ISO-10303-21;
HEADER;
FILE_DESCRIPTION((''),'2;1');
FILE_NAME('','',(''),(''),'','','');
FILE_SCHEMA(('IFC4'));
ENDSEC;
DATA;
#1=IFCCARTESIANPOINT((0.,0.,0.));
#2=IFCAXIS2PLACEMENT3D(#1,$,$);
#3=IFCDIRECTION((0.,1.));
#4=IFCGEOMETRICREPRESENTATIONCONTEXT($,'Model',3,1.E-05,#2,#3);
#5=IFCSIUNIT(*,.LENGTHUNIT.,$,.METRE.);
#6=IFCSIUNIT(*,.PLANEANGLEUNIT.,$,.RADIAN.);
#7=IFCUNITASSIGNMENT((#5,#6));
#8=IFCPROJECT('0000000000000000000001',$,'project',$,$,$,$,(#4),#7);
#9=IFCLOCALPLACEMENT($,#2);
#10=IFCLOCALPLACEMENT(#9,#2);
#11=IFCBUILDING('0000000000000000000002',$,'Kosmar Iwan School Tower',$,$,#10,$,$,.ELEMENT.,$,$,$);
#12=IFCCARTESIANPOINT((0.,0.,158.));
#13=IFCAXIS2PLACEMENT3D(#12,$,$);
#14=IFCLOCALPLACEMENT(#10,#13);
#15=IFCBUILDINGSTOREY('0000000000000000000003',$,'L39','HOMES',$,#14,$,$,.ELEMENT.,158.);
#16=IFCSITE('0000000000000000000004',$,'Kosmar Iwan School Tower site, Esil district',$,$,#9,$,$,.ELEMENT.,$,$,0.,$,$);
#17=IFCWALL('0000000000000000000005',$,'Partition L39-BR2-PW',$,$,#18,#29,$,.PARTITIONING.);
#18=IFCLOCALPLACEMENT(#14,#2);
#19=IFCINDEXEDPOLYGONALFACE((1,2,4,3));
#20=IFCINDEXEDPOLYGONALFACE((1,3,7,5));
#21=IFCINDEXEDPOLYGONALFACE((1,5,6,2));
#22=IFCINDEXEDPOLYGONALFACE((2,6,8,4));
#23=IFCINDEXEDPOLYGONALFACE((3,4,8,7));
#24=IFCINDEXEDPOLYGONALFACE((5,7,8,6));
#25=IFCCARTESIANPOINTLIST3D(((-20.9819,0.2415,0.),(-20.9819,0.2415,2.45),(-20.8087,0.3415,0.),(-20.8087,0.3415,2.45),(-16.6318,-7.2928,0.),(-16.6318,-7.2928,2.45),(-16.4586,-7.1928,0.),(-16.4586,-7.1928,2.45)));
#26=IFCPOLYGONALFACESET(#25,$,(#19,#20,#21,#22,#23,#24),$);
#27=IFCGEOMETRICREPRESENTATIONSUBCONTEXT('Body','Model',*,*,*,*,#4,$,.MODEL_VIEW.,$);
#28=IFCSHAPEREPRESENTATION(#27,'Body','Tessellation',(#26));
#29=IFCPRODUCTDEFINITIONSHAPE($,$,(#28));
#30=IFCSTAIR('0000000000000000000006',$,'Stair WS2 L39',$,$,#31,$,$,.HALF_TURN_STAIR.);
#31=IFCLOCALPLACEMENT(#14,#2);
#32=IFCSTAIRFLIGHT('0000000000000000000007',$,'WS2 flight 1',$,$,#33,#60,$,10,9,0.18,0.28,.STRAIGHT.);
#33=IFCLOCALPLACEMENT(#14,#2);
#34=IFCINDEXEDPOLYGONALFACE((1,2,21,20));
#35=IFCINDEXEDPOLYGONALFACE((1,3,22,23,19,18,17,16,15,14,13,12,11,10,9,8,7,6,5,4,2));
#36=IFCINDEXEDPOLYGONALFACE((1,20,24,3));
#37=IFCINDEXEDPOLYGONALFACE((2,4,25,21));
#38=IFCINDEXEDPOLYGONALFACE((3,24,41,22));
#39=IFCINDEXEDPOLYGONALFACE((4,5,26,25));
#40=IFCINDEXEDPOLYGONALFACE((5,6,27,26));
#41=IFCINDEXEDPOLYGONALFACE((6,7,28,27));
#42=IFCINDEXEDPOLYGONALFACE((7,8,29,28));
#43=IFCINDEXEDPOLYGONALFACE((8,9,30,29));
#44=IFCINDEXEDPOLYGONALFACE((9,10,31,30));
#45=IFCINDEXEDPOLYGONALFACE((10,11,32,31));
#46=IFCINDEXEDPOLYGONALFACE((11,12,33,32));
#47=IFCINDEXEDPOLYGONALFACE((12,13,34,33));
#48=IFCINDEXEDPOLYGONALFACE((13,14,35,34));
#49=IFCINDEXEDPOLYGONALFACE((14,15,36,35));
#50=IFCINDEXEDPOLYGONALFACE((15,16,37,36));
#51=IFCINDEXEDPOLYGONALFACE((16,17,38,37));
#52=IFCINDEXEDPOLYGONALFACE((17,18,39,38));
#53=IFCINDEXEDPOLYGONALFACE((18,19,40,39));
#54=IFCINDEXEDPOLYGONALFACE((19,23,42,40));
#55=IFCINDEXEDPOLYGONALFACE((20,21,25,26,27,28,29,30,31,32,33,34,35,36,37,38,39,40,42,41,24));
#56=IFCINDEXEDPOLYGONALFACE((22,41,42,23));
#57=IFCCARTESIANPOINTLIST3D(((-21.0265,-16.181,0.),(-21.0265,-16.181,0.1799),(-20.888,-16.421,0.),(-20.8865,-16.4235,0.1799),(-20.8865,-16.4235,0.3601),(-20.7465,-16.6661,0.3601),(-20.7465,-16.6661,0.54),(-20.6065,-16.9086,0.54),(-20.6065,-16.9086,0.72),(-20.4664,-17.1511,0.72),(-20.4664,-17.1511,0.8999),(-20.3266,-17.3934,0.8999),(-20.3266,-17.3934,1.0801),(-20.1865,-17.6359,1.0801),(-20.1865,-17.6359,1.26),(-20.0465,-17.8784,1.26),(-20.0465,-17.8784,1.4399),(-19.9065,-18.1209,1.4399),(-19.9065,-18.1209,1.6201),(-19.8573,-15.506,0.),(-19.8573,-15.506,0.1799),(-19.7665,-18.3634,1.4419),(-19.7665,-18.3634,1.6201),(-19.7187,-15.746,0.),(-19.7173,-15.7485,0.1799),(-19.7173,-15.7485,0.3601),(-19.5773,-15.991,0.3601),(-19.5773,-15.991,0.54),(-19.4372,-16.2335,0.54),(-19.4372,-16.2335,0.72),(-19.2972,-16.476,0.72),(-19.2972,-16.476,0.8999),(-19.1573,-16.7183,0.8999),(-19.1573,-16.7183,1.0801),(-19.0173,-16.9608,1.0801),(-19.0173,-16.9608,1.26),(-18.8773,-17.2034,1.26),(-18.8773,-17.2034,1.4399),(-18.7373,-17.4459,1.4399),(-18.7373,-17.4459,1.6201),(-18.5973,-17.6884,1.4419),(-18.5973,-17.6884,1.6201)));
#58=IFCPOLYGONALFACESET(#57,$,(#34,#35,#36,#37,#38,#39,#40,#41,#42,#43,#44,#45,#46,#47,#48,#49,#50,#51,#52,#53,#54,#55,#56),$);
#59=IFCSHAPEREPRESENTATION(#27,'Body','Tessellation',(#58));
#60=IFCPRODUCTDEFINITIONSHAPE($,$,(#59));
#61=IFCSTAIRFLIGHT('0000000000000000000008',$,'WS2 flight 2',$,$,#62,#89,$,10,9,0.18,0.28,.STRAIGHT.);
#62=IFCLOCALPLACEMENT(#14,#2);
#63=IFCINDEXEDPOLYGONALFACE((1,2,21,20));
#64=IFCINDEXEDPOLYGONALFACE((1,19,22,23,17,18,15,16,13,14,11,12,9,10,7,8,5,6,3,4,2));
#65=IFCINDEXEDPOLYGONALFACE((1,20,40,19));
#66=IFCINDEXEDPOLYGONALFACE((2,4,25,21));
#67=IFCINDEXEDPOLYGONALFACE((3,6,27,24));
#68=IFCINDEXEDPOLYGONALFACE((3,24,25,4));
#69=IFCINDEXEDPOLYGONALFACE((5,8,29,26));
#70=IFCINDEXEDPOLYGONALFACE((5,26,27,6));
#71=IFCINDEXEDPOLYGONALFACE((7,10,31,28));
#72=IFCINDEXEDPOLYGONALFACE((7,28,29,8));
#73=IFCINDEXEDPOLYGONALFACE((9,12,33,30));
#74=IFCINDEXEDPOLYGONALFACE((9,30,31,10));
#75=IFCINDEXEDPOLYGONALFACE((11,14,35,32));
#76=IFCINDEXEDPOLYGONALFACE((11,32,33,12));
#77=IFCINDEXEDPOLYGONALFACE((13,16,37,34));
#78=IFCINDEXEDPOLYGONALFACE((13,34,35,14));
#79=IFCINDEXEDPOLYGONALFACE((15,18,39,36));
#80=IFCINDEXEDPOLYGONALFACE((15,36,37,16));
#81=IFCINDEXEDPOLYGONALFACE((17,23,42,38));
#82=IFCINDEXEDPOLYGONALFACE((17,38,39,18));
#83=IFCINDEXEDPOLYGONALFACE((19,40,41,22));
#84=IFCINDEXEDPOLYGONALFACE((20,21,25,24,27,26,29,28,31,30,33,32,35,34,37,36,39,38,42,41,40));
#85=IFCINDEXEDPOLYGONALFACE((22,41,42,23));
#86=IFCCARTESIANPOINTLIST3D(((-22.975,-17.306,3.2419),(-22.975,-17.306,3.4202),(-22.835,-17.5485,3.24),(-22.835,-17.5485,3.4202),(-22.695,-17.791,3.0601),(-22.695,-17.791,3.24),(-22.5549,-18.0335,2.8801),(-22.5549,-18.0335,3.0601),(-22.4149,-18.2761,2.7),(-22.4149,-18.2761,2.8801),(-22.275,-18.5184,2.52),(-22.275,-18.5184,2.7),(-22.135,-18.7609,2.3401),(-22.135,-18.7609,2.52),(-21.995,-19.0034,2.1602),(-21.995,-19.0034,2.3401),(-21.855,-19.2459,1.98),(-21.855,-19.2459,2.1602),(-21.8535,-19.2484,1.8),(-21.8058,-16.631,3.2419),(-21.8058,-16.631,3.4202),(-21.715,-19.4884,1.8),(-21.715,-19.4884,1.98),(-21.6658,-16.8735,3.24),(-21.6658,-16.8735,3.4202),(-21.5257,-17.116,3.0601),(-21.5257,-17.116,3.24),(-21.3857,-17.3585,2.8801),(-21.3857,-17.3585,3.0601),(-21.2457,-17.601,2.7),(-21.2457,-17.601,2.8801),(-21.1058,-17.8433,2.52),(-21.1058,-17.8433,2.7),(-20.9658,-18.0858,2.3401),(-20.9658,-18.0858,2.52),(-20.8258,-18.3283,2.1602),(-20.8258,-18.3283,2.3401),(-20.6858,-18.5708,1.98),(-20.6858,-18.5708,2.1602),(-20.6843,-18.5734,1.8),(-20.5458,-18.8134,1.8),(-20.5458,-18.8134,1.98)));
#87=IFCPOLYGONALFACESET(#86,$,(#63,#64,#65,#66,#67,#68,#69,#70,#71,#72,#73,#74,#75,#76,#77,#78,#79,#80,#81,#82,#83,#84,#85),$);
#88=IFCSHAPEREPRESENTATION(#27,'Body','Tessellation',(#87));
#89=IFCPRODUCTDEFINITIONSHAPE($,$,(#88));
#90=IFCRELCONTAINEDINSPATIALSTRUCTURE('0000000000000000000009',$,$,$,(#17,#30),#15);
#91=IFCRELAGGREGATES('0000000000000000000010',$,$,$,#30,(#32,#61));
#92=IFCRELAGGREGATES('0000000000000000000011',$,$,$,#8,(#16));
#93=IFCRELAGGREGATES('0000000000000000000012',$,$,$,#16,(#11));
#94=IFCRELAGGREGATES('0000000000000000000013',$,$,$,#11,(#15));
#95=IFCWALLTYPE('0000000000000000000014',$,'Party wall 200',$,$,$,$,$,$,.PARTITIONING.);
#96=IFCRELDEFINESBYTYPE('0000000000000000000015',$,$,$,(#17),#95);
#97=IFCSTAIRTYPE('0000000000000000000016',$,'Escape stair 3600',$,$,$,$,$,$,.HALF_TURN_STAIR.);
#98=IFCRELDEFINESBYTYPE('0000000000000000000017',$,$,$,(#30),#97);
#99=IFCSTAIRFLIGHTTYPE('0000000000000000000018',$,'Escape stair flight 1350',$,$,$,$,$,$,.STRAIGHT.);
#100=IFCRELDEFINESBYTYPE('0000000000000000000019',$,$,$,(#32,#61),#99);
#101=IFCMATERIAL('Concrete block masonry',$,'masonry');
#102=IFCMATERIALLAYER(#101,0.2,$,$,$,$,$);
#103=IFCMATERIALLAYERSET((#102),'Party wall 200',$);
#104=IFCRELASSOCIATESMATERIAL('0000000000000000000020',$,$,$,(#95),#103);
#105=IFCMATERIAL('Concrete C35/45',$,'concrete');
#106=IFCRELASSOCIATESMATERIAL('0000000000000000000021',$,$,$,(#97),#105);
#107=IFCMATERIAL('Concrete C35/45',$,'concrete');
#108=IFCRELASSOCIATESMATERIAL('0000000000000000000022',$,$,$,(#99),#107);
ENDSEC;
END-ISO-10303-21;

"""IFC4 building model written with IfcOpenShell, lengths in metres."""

from ifc_helpers import new_model, si_unit, direction, frame, frame_2d, origin, place, context, subcontext, project, spatial, polyline, rectangle, outline, extrude, material, layer, layer_set, type_object, element, aggregate, save


model = new_model("IFC4")

# Units and contexts
model_context = context("Model", 3, precision=1e-05, world=origin(), true_north=direction((0.0, 1.0)))
body_context = subcontext(model_context, "Body", "Model", "MODEL_VIEW")
ifc_project = project(units=[si_unit("LENGTHUNIT", "METRE"), si_unit("PLANEANGLEUNIT", "RADIAN")], contexts=[model_context])

# Site, building, storey
site_placement = place(None, origin())
site = spatial("IfcSite", under=ifc_project, at=site_placement, Name="Kosmar Iwan School Tower site, Esil district", CompositionType="ELEMENT", RefElevation=0.0)
building_placement = place(site_placement, origin())
building = spatial("IfcBuilding", under=site, at=building_placement, Name="Kosmar Iwan School Tower", CompositionType="ELEMENT")
storey_placement = place(building_placement, frame((0.0, 0.0, 158.0)))
storey = spatial("IfcBuildingStorey", under=building, at=storey_placement, Name="L39", Description="HOMES", CompositionType="ELEMENT", Elevation=158.0)

# Wall
ifc_material_1 = material(Name="Concrete block masonry", Category="masonry")
ifc_layer_1 = layer(ifc_material_1, 0.2)
ifc_layer_set_1 = layer_set([ifc_layer_1], Name="Party wall 200")
wall_type_1 = type_object("IfcWallType", Name="Party wall 200", PredefinedType="PARTITIONING", material=ifc_layer_set_1)
wall_1_placement = place(storey_placement, frame((-16.5452, -7.2429, 0.0), z_axis=(0.0, 0.0, 1.0), x_axis=(-0.500008, 0.866021, 0.0)))
element("IfcWall", 1, at=wall_1_placement, inside=storey, type_object=wall_type_1, Name="Partition L39-BR2-PW", PredefinedType="PARTITIONING", context=body_context, shape_type="SweptSolid", body=[
    extrude(rectangle(XDim=8.7, YDim=0.2, at=frame_2d((4.3501, 0.0))), origin(), (0.0, 0.0, 1.0), 2.45),
])

# Stair, stair flights
ifc_material_2 = material(Name="Concrete C35/45", Category="concrete")
stair_type = type_object("IfcStairType", Name="Escape stair 3600", PredefinedType="HALF_TURN_STAIR", material=ifc_material_2)
stair_placement = place(storey_placement, origin())
stair = element("IfcStair", 2, at=stair_placement, inside=storey, type_object=stair_type, Name="Stair WS2 L39", PredefinedType="HALF_TURN_STAIR")
ifc_material_3 = material(Name="Concrete C35/45", Category="concrete")
stair_flight_type = type_object("IfcStairFlightType", Name="Escape stair flight 1350", PredefinedType="STRAIGHT", material=ifc_material_3)
stair_flight_1_placement = place(storey_placement, frame((-20.4419, -15.8435, 0.0), z_axis=(0.0, 0.0, 1.0), x_axis=(0.5, -0.866025, 0.0)))
stair_flight_1 = element("IfcStairFlight", 3, at=stair_flight_1_placement, type_object=stair_flight_type, Name="WS2 flight 1", NumberOfRisers=10, NumberOfTreads=9, PredefinedType="STRAIGHT", RiserHeight=0.18, TreadLength=0.28, context=body_context, shape_type="SweptSolid", body=[
    extrude(outline(polyline([(0.0, 0.0), (0.0, 0.1799), (0.28, 0.1799), (0.28, 0.3601), (0.5601, 0.3601), (0.5601, 0.54), (0.8401, 0.54), (0.8401, 0.72), (1.1201, 0.72), (1.1201, 0.8999), (1.3999, 0.8999), (1.3999, 1.0801), (1.6799, 1.0801), (1.6799, 1.26), (1.96, 1.26), (1.96, 1.4399), (2.24, 1.4399), (2.24, 1.6201), (2.52, 1.6201), (2.52, 1.8), (2.52, 1.4419), (0.2771, 0.0), (0.0, 0.0)])), frame((0.0, 0.675, 0.0), z_axis=(0.0, -1.0, 0.0), x_axis=(1.0, 0.0, 0.0)), (0.0, 0.0, 1.0), 1.3501),
])
stair_flight_2_placement = place(storey_placement, frame((-21.1304, -19.1509, 1.8), z_axis=(0.0, 0.0, 1.0), x_axis=(-0.5, 0.866025, 0.0)))
stair_flight_2 = element("IfcStairFlight", 4, at=stair_flight_2_placement, type_object=stair_flight_type, Name="WS2 flight 2", NumberOfRisers=10, NumberOfTreads=9, PredefinedType="STRAIGHT", RiserHeight=0.18, TreadLength=0.28, context=body_context, shape_type="SweptSolid", body=[
    extrude(outline(polyline([(0.0, 0.0), (0.0, 0.1799), (0.28, 0.1799), (0.28, 0.3601), (0.5601, 0.3601), (0.5601, 0.54), (0.8401, 0.54), (0.8401, 0.72), (1.1201, 0.72), (1.1201, 0.8999), (1.3999, 0.8999), (1.3999, 1.0801), (1.6799, 1.0801), (1.6799, 1.26), (1.96, 1.26), (1.96, 1.4399), (2.24, 1.4399), (2.24, 1.6201), (2.52, 1.6201), (2.52, 1.8), (2.52, 1.4419), (0.2771, 0.0), (0.0, 0.0)])), frame((0.0, 0.675, 0.0), z_axis=(0.0, -1.0, 0.0), x_axis=(1.0, 0.0, 0.0)), (0.0, 0.0, 1.0), 1.3501),
])
aggregate(stair, [stair_flight_1, stair_flight_2])

save(model, "model.ifc")
